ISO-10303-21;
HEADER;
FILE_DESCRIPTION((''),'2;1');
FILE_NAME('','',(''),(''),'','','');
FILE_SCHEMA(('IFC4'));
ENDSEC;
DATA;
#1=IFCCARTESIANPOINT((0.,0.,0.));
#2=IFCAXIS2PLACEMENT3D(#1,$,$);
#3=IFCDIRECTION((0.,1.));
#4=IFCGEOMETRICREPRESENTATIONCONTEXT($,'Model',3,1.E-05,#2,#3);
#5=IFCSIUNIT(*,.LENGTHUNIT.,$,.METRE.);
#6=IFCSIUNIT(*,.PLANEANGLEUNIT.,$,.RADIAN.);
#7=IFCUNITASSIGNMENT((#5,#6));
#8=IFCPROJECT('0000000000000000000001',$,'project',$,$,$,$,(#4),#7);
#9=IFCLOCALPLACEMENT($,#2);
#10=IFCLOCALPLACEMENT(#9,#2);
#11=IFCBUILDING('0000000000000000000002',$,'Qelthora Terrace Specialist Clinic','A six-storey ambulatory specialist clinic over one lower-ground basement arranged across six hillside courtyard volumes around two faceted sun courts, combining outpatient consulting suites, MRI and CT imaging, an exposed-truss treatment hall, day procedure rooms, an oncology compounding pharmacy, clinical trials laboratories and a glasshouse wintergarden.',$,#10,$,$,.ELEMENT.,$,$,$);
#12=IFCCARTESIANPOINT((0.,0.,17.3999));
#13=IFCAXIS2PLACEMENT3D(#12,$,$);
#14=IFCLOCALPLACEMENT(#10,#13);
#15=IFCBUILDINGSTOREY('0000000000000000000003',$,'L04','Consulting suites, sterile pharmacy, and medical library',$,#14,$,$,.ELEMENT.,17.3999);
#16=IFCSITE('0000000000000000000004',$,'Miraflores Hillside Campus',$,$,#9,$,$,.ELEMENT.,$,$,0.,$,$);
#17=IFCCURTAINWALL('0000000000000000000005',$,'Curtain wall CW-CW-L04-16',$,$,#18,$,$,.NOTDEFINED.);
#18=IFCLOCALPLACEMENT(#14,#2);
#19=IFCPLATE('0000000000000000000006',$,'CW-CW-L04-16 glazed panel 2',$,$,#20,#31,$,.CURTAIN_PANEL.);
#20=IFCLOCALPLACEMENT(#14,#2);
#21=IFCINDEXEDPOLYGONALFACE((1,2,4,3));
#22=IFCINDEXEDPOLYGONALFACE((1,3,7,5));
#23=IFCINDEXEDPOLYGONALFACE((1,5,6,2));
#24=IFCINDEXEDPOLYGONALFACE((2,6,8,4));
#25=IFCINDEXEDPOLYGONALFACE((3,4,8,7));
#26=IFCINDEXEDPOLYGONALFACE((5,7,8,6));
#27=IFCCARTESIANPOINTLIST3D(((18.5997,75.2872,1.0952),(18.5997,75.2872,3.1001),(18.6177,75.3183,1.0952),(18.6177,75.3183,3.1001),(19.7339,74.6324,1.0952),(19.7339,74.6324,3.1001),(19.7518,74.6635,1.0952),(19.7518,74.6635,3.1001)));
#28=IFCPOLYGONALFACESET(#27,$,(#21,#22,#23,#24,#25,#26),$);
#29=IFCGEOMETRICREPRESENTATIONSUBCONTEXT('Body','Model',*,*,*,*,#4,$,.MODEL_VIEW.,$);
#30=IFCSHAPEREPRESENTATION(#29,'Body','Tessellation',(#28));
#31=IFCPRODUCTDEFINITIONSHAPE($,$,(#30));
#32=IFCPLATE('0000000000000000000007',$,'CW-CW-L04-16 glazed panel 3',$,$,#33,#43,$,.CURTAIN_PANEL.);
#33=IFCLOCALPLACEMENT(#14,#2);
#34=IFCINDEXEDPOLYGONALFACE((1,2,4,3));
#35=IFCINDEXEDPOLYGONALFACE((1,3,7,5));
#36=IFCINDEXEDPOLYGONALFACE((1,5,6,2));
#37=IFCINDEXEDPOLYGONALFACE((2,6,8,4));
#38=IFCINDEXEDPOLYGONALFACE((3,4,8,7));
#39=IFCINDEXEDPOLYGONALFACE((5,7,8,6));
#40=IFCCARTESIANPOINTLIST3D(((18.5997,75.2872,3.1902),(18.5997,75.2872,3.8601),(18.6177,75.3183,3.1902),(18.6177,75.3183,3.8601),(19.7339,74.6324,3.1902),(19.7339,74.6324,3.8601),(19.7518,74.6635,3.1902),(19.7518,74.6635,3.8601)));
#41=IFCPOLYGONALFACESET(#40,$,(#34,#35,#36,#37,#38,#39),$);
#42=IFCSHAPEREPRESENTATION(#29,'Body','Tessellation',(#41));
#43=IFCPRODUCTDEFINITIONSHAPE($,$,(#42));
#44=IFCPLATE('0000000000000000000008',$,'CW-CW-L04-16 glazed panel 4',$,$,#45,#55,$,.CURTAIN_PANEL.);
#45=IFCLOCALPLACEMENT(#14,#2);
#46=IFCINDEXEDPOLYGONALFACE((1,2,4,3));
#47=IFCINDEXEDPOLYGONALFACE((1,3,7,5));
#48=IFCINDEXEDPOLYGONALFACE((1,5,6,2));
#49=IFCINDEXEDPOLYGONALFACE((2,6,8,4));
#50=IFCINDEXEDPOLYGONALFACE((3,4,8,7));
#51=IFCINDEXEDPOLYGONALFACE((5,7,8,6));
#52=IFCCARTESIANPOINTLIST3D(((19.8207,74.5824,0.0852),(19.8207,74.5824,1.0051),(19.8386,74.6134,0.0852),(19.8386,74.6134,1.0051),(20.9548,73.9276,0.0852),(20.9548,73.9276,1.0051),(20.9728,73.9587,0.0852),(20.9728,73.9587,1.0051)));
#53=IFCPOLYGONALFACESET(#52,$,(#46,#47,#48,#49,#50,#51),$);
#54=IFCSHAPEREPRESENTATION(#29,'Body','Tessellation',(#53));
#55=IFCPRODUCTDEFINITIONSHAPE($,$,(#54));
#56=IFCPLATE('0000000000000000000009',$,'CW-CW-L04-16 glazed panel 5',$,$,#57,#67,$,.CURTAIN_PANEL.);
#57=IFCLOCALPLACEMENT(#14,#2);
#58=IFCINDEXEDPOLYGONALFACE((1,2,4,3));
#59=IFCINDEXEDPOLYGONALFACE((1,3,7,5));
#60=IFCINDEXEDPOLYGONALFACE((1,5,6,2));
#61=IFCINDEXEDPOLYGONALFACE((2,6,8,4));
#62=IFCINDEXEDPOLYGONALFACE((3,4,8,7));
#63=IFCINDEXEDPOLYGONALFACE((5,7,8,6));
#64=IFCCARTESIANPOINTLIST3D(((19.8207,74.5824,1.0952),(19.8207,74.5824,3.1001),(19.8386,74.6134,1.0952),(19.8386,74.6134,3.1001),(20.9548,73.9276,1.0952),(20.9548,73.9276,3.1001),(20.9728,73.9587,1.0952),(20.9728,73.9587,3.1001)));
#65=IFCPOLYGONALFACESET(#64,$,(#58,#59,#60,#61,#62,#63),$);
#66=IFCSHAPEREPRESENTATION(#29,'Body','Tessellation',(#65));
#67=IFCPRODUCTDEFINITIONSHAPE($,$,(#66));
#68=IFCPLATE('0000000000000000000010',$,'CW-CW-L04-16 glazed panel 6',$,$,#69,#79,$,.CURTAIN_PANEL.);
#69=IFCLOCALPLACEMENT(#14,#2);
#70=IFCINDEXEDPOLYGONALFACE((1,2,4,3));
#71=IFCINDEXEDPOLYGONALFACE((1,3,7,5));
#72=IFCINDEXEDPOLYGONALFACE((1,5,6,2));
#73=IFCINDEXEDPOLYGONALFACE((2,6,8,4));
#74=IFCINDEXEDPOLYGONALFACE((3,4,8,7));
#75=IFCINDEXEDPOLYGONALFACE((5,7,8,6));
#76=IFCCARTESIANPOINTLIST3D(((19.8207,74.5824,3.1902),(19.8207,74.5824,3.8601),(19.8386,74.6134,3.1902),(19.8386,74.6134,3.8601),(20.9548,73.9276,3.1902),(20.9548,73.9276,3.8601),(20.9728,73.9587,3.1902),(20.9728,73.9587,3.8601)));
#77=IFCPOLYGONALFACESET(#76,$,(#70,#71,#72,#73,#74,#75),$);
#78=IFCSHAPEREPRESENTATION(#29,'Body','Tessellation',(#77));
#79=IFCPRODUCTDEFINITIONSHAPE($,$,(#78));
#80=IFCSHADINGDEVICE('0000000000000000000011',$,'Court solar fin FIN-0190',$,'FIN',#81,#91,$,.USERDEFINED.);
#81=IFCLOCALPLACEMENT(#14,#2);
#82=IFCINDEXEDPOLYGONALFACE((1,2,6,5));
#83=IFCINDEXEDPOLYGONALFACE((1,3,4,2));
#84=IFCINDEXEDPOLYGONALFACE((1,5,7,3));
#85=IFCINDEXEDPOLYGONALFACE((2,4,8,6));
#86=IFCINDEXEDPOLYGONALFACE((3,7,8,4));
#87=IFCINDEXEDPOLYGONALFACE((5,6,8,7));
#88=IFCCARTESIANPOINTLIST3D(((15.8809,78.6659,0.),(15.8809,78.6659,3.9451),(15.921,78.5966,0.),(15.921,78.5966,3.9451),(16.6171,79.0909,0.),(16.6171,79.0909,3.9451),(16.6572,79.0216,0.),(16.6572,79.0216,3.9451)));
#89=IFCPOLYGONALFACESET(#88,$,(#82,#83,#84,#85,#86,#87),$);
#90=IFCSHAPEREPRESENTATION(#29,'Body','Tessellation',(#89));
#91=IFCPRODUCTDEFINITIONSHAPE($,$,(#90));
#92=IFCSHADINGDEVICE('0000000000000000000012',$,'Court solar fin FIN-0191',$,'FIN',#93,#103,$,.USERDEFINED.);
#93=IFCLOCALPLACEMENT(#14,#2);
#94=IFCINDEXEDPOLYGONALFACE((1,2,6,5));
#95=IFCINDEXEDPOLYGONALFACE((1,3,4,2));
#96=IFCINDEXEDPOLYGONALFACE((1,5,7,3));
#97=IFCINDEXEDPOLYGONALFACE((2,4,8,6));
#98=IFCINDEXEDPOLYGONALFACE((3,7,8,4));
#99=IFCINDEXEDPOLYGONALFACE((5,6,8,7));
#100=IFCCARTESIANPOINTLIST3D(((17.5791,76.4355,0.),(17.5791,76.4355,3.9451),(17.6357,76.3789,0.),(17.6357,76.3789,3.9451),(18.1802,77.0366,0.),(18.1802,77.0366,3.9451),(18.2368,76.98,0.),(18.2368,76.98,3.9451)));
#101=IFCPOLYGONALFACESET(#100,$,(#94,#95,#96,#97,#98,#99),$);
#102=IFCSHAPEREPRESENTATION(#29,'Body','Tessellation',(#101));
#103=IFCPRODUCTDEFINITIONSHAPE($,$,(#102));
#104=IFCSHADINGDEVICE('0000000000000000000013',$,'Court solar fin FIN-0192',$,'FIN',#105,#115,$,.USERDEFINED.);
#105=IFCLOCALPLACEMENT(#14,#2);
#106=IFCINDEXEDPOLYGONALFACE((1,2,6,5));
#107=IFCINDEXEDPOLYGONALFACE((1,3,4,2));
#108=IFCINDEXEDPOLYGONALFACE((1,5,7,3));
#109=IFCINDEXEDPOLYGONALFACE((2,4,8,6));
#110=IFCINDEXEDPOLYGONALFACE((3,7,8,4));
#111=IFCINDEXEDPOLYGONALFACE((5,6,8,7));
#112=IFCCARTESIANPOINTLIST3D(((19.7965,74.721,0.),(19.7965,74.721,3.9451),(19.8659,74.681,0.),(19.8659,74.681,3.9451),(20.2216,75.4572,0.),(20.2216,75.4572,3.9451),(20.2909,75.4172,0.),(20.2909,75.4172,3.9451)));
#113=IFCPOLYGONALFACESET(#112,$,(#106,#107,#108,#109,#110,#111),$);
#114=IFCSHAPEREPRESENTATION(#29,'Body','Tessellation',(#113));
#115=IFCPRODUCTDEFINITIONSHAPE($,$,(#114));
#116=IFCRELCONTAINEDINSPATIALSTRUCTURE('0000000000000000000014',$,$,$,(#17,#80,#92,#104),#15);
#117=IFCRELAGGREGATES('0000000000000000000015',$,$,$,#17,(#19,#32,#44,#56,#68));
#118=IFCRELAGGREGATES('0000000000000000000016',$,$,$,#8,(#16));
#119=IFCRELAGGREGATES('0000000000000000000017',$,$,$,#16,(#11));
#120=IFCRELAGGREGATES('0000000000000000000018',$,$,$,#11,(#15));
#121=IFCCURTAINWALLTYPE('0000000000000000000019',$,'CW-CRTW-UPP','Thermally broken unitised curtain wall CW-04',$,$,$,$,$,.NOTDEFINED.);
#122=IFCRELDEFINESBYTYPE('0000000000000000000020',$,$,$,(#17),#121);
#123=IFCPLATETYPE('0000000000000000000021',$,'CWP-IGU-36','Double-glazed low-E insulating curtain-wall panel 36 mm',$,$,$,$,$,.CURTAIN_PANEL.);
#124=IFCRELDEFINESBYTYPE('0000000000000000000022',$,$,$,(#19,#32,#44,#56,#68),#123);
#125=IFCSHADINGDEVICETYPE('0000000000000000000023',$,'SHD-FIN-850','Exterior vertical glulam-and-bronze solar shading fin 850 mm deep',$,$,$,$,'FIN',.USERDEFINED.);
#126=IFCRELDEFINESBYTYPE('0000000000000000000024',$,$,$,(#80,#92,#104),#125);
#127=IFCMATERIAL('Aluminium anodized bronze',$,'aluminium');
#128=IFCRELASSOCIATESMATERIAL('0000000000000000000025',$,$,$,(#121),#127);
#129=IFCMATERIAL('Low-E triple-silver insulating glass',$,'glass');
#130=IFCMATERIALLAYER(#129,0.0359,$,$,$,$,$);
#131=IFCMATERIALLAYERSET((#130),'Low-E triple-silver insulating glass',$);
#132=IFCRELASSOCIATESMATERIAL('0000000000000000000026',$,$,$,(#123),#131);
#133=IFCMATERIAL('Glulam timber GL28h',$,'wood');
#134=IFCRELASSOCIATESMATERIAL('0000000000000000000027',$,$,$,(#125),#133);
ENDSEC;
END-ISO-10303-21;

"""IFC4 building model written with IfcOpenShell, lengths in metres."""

from ifc_helpers import new_model, si_unit, direction, frame, origin, origin_2d, place, context, subcontext, project, spatial, rectangle, extrude, material, layer, layer_set, type_object, element, aggregate, save


model = new_model("IFC4")

# Units and contexts
model_context = context("Model", 3, precision=1e-05, world=origin(), true_north=direction((0.0, 1.0)))
body_context = subcontext(model_context, "Body", "Model", "MODEL_VIEW")
ifc_project = project(units=[si_unit("LENGTHUNIT", "METRE"), si_unit("PLANEANGLEUNIT", "RADIAN")], contexts=[model_context])

# Site, building, storey
site_placement = place(None, origin())
site = spatial("IfcSite", under=ifc_project, at=site_placement, Name="Miraflores Hillside Campus", CompositionType="ELEMENT", RefElevation=0.0)
building_placement = place(site_placement, origin())
building = spatial("IfcBuilding", under=site, at=building_placement, Name="Qelthora Terrace Specialist Clinic", Description="A six-storey ambulatory specialist clinic over one lower-ground basement arranged across six hillside courtyard volumes around two faceted sun courts, combining outpatient consulting suites, MRI and CT imaging, an exposed-truss treatment hall, day procedure rooms, an oncology compounding pharmacy, clinical trials laboratories and a glasshouse wintergarden.", CompositionType="ELEMENT")
storey_placement = place(building_placement, frame((0.0, 0.0, 17.3999)))
storey = spatial("IfcBuildingStorey", under=building, at=storey_placement, Name="L04", Description="Consulting suites, sterile pharmacy, and medical library", CompositionType="ELEMENT", Elevation=17.3999)

# Curtain wall
ifc_material_1 = material(Name="Aluminium anodized bronze", Category="aluminium")
curtain_wall_type = type_object("IfcCurtainWallType", Name="CW-CRTW-UPP", Description="Thermally broken unitised curtain wall CW-04", PredefinedType="NOTDEFINED", material=ifc_material_1)
curtain_wall_1_placement = place(storey_placement, origin())
curtain_wall_1 = element("IfcCurtainWall", 1, at=curtain_wall_1_placement, inside=storey, type_object=curtain_wall_type, Name="Curtain wall CW-CW-L04-16", PredefinedType="NOTDEFINED")

# Plates
ifc_material_2 = material(Name="Low-E triple-silver insulating glass", Category="glass")
ifc_layer = layer(ifc_material_2, 0.0359)
ifc_layer_set = layer_set([ifc_layer], Name="Low-E triple-silver insulating glass")
plate_type = type_object("IfcPlateType", Name="CWP-IGU-36", Description="Double-glazed low-E insulating curtain-wall panel 36 mm", PredefinedType="CURTAIN_PANEL", material=ifc_layer_set)
plate_1_placement = place(storey_placement, frame((19.1758, 74.9753, 1.0952), z_axis=(0.0, 0.0, 1.0), x_axis=(0.866025, -0.5, 0.0)))
plate_1 = element("IfcPlate", 2, at=plate_1_placement, type_object=plate_type, Name="CW-CW-L04-16 glazed panel 2", PredefinedType="CURTAIN_PANEL", context=body_context, shape_type="SweptSolid", body=[
    extrude(rectangle(XDim=1.3096, YDim=0.0359, at=origin_2d()), origin(), (0.0, 0.0, 1.0), 2.0049),
])
plate_2_placement = place(storey_placement, frame((19.1758, 74.9753, 3.1902), z_axis=(0.0, 0.0, 1.0), x_axis=(0.866025, -0.5, 0.0)))
plate_2 = element("IfcPlate", 3, at=plate_2_placement, type_object=plate_type, Name="CW-CW-L04-16 glazed panel 3", PredefinedType="CURTAIN_PANEL", context=body_context, shape_type="SweptSolid", body=[
    extrude(rectangle(XDim=1.3096, YDim=0.0359, at=origin_2d()), origin(), (0.0, 0.0, 1.0), 0.6699),
])
plate_3_placement = place(storey_placement, frame((20.3967, 74.2705, 0.0852), z_axis=(0.0, 0.0, 1.0), x_axis=(0.866025, -0.5, 0.0)))
plate_3 = element("IfcPlate", 4, at=plate_3_placement, type_object=plate_type, Name="CW-CW-L04-16 glazed panel 4", PredefinedType="CURTAIN_PANEL", context=body_context, shape_type="SweptSolid", body=[
    extrude(rectangle(XDim=1.3096, YDim=0.0359, at=origin_2d()), origin(), (0.0, 0.0, 1.0), 0.9199),
])
plate_4_placement = place(storey_placement, frame((20.3967, 74.2705, 1.0952), z_axis=(0.0, 0.0, 1.0), x_axis=(0.866025, -0.5, 0.0)))
plate_4 = element("IfcPlate", 5, at=plate_4_placement, type_object=plate_type, Name="CW-CW-L04-16 glazed panel 5", PredefinedType="CURTAIN_PANEL", context=body_context, shape_type="SweptSolid", body=[
    extrude(rectangle(XDim=1.3096, YDim=0.0359, at=origin_2d()), origin(), (0.0, 0.0, 1.0), 2.0049),
])
plate_5_placement = place(storey_placement, frame((20.3967, 74.2705, 3.1902), z_axis=(0.0, 0.0, 1.0), x_axis=(0.866025, -0.5, 0.0)))
plate_5 = element("IfcPlate", 6, at=plate_5_placement, type_object=plate_type, Name="CW-CW-L04-16 glazed panel 6", PredefinedType="CURTAIN_PANEL", context=body_context, shape_type="SweptSolid", body=[
    extrude(rectangle(XDim=1.3096, YDim=0.0359, at=origin_2d()), origin(), (0.0, 0.0, 1.0), 0.6699),
])
aggregate(curtain_wall_1, [plate_1, plate_2, plate_3, plate_4, plate_5])

# Shading devices
ifc_material_3 = material(Name="Glulam timber GL28h", Category="wood")
shading_device_type = type_object("IfcShadingDeviceType", Name="SHD-FIN-850", Description="Exterior vertical glulam-and-bronze solar shading fin 850 mm deep", ElementType="FIN", PredefinedType="USERDEFINED", material=ifc_material_3)
for number, where, z_axis, x_axis, name in (
    (7, (16.269, 78.8438, 0.0), (0.0, 0.0, 1.0), (0.866025, 0.5, 0.0), "Court solar fin FIN-0190"),
    (8, (17.908, 76.7078, 0.0), (0.0, 0.0, 1.0), (0.707107, 0.707107, 0.0), "Court solar fin FIN-0191"),
    (9, (20.0437, 75.0691, 0.0), (0.0, 0.0, 1.0), (0.5, 0.866025, 0.0), "Court solar fin FIN-0192"),
):
    element("IfcShadingDevice", number, at=place(storey_placement, frame(where, z_axis=z_axis, x_axis=x_axis)), inside=storey, type_object=shading_device_type, Name=name, ObjectType="FIN", PredefinedType="USERDEFINED", context=body_context, shape_type="SweptSolid", body=[
        extrude(rectangle(XDim=0.8501, YDim=0.0801, at=origin_2d()), origin(), (0.0, 0.0, 1.0), 3.9451),
    ])

save(model, "model.ifc")
